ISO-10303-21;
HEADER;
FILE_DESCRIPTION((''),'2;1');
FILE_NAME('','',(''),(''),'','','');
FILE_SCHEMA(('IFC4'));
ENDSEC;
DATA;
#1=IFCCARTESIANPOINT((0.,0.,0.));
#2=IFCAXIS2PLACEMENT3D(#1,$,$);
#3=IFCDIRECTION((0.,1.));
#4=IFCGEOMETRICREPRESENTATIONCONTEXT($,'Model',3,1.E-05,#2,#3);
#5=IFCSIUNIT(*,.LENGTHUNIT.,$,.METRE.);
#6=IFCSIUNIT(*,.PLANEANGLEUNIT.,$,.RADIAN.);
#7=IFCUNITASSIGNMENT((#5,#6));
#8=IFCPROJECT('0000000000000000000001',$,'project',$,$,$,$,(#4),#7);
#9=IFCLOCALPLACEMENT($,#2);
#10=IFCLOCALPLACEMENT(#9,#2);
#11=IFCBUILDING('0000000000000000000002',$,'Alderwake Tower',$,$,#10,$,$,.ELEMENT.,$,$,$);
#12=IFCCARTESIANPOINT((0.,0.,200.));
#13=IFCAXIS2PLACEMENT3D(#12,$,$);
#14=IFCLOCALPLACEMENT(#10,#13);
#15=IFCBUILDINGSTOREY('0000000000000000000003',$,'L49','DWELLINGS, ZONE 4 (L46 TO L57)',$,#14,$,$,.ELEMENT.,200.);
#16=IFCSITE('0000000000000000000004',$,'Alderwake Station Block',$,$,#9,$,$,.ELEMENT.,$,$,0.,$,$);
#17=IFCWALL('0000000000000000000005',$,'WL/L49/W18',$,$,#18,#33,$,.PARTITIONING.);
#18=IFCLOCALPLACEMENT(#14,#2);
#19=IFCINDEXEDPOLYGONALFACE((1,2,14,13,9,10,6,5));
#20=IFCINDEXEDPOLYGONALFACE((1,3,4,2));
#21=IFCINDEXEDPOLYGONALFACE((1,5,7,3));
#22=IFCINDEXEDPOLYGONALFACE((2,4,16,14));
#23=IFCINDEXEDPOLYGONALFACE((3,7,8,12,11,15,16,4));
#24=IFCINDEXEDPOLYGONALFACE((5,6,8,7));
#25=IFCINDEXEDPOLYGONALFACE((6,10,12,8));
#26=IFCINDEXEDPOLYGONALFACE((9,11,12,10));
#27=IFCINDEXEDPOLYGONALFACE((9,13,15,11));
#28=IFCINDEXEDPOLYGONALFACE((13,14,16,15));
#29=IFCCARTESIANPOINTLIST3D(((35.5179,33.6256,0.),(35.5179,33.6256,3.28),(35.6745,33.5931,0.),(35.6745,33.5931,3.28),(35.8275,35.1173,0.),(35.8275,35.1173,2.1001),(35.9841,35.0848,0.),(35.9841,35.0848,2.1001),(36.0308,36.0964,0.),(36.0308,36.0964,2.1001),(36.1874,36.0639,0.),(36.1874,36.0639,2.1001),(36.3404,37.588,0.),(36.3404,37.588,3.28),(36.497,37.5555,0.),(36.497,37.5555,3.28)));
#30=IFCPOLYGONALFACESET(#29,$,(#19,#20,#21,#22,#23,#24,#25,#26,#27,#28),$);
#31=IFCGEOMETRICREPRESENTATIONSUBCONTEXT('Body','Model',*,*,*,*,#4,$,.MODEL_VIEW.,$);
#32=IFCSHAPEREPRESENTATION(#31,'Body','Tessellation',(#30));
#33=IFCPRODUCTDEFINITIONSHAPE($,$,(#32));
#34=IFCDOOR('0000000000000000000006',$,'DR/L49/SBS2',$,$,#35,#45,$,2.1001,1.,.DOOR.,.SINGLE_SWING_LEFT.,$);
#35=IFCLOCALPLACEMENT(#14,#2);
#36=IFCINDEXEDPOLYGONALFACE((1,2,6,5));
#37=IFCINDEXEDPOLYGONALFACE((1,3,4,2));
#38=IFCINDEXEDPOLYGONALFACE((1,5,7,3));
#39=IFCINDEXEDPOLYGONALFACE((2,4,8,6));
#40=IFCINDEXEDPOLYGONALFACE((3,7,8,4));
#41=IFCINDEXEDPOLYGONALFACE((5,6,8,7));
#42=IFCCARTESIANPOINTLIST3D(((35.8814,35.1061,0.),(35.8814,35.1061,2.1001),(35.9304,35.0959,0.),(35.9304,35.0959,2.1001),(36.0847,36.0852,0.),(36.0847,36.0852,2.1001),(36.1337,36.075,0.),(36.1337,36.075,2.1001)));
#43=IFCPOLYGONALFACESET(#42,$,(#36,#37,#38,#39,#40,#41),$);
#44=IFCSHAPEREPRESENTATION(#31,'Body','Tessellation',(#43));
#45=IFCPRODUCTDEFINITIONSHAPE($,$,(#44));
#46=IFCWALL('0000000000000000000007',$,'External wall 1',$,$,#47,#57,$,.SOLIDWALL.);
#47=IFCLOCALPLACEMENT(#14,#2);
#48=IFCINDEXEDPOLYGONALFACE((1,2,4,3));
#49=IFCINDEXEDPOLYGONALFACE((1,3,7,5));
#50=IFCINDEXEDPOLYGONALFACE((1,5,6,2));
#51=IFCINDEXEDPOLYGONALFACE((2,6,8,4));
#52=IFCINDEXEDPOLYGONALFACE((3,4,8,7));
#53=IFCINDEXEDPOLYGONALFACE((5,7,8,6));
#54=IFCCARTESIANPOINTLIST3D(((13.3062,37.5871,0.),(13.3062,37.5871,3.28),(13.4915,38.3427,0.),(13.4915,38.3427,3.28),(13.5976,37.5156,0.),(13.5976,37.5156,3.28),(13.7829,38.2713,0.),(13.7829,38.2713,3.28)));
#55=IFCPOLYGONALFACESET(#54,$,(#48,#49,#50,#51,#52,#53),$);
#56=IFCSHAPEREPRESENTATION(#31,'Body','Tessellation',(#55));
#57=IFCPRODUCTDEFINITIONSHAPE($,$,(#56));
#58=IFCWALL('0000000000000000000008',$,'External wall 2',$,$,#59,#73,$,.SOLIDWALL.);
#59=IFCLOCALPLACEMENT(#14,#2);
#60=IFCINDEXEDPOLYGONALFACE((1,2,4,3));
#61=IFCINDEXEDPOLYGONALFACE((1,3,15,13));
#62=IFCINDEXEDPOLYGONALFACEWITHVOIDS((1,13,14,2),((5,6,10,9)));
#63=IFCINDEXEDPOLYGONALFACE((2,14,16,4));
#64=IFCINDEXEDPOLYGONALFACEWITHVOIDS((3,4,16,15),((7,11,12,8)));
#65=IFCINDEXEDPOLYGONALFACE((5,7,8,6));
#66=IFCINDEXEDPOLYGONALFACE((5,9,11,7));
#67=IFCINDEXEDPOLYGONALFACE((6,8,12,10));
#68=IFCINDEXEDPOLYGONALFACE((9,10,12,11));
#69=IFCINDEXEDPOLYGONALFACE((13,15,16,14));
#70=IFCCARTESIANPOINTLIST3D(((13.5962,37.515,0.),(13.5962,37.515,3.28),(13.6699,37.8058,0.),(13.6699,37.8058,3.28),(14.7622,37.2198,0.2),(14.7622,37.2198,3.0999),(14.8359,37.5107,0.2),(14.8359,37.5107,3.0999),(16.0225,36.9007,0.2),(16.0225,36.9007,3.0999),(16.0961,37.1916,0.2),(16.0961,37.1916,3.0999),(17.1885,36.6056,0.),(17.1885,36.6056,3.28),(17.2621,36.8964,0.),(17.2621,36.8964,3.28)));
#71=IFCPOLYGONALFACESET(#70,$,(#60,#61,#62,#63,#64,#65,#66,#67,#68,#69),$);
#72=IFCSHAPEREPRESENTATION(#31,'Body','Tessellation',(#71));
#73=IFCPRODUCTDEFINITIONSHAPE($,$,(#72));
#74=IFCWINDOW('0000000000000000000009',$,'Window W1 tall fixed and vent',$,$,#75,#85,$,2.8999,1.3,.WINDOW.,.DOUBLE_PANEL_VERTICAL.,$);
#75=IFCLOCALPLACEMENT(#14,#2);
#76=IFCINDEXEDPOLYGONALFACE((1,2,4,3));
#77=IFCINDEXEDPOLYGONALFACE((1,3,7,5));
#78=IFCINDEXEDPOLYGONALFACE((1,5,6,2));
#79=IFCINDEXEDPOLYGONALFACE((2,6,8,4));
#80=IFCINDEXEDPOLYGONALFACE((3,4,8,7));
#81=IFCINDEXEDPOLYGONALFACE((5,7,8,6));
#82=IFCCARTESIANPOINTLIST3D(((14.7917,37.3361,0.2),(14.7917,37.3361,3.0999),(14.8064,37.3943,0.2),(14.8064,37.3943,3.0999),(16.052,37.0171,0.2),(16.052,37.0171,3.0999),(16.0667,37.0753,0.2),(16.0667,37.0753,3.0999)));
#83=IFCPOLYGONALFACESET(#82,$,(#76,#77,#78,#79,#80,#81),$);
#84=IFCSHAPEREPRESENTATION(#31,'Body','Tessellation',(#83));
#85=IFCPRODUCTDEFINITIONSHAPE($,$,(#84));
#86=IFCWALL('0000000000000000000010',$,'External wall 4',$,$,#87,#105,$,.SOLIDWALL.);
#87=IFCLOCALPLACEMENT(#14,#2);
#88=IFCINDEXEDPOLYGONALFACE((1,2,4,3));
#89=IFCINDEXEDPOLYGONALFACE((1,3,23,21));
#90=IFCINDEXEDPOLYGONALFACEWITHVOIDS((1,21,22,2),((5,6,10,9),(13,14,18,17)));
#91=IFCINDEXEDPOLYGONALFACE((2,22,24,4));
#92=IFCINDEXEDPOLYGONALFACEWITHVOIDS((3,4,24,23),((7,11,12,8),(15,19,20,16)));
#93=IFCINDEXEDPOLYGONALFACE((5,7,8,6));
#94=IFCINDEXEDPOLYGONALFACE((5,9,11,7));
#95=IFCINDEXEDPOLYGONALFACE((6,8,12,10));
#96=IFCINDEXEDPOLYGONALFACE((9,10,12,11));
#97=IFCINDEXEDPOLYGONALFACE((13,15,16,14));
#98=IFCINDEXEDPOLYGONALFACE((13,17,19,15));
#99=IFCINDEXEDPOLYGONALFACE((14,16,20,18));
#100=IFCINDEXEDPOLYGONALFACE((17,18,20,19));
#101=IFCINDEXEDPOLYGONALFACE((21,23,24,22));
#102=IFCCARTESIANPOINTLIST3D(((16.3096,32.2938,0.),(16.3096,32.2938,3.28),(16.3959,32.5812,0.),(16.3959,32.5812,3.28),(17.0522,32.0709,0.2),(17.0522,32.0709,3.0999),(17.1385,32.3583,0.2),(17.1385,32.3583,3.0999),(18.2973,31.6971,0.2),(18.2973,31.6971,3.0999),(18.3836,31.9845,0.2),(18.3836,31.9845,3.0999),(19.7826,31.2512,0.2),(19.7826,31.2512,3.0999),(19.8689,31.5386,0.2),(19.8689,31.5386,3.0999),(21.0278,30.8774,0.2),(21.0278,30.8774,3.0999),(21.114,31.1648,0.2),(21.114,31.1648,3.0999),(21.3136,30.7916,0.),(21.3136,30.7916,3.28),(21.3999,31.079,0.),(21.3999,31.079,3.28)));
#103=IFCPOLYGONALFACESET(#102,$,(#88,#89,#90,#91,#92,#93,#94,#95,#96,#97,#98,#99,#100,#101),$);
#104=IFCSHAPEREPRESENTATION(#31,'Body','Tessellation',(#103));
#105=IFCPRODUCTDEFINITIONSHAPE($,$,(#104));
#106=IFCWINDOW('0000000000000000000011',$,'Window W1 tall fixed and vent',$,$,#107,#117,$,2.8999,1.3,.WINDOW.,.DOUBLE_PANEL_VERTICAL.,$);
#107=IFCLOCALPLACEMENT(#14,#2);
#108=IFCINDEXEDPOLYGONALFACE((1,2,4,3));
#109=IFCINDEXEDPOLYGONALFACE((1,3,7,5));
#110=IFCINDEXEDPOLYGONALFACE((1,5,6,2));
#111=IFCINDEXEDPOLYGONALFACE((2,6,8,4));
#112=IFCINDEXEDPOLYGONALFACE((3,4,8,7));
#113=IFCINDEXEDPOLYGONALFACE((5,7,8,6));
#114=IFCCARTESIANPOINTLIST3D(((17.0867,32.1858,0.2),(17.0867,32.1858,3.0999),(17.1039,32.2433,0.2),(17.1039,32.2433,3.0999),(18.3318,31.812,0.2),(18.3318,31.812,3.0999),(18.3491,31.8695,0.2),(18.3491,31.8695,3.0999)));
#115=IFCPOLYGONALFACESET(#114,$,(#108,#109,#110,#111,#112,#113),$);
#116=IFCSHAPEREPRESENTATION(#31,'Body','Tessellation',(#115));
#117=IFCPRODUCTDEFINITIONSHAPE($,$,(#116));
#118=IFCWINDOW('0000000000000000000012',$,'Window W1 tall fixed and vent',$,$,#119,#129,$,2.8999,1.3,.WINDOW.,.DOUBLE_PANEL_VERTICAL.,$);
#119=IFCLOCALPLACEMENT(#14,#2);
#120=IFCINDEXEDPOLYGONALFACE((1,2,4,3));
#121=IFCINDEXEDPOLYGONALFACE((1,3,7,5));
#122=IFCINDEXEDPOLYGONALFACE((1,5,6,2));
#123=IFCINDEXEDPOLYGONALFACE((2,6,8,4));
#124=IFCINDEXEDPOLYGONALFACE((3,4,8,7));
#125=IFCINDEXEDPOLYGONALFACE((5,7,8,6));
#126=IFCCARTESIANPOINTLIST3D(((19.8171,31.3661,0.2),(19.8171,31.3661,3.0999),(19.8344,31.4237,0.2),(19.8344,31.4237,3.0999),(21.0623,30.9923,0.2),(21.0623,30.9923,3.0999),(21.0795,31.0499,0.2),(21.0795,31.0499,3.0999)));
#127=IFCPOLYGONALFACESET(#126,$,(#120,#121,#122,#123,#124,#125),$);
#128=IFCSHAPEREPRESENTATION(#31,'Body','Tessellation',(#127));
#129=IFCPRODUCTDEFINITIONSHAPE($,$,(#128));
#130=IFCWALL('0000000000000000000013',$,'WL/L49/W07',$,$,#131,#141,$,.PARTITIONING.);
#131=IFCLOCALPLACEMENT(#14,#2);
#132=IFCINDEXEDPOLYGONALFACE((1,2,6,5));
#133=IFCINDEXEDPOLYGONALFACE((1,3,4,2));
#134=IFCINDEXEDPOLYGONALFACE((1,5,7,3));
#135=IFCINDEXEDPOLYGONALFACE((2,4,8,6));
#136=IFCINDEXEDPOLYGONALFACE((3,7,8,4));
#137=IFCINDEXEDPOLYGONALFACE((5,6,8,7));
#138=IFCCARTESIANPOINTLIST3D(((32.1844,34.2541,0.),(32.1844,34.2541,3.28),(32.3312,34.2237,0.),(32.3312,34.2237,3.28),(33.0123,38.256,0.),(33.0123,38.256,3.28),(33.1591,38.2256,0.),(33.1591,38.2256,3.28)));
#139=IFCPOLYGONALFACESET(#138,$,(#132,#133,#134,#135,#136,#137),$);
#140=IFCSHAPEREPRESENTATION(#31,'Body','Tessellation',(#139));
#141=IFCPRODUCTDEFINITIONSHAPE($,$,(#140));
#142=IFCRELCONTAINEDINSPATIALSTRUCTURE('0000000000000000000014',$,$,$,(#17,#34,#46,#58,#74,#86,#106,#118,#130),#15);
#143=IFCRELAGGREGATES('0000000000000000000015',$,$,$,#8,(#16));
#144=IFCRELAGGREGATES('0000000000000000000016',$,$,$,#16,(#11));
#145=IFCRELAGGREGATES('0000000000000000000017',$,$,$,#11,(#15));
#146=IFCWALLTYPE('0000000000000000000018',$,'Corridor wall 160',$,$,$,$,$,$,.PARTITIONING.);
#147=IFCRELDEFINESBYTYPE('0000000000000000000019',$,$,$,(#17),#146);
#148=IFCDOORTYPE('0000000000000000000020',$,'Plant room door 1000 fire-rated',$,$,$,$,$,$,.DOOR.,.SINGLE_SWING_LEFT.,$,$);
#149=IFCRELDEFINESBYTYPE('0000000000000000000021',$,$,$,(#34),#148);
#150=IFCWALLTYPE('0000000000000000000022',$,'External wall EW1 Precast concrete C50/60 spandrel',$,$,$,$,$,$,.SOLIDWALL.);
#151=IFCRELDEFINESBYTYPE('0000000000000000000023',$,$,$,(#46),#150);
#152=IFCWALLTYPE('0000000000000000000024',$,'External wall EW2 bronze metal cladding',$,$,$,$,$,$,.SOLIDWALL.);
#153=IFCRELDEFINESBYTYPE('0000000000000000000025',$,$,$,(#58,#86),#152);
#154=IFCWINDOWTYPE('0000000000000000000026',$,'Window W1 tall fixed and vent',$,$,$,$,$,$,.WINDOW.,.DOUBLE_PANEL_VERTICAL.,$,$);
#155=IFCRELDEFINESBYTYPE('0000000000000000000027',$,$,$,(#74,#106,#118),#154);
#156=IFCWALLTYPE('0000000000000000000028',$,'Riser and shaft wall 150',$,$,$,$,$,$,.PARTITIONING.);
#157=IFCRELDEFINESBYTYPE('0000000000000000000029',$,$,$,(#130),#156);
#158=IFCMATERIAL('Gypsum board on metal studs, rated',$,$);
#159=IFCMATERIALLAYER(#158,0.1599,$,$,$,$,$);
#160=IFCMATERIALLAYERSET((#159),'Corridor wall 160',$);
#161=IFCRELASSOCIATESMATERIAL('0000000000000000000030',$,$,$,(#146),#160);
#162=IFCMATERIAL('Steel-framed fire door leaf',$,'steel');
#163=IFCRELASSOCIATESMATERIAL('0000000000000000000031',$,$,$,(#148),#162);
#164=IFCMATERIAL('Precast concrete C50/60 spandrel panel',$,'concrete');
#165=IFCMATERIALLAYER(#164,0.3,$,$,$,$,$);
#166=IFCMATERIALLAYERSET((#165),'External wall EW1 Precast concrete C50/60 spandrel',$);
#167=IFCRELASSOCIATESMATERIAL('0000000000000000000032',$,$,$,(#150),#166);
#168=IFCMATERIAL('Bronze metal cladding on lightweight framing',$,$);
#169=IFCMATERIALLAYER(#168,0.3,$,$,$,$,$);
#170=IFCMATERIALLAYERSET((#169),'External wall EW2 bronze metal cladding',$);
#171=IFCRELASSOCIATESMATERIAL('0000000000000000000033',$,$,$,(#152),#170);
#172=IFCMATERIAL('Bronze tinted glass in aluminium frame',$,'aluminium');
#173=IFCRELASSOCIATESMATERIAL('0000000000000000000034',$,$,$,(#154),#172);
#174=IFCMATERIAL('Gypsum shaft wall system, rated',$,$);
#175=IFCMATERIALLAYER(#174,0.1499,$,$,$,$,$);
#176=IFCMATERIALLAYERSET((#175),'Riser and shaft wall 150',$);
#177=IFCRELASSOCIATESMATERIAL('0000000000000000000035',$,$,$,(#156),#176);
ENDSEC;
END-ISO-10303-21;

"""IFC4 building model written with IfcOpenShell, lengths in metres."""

from ifc_helpers import new_model, si_unit, direction, frame, frame_2d, origin, place, context, subcontext, project, spatial, rectangle, extrude, material, layer, layer_set, type_object, element, fill, save


model = new_model("IFC4")

# Units and contexts
model_context = context("Model", 3, precision=1e-05, world=origin(), true_north=direction((0.0, 1.0)))
body_context = subcontext(model_context, "Body", "Model", "MODEL_VIEW")
ifc_project = project(units=[si_unit("LENGTHUNIT", "METRE"), si_unit("PLANEANGLEUNIT", "RADIAN")], contexts=[model_context])

# Site, building, storey
site_placement = place(None, origin())
site = spatial("IfcSite", under=ifc_project, at=site_placement, Name="Alderwake Station Block", CompositionType="ELEMENT", RefElevation=0.0)
building_placement = place(site_placement, origin())
building = spatial("IfcBuilding", under=site, at=building_placement, Name="Alderwake Tower", CompositionType="ELEMENT")
storey_placement = place(building_placement, frame((0.0, 0.0, 200.0)))
storey = spatial("IfcBuildingStorey", under=building, at=storey_placement, Name="L49", Description="DWELLINGS, ZONE 4 (L46 TO L57)", CompositionType="ELEMENT", Elevation=200.0)

# Shared definitions
ifc_material_1 = material(Name="Gypsum board on metal studs, rated")
ifc_layer_1 = layer(ifc_material_1, 0.1599)
ifc_layer_set_1 = layer_set([ifc_layer_1], Name="Corridor wall 160")
wall_type_1 = type_object("IfcWallType", Name="Corridor wall 160", PredefinedType="PARTITIONING", material=ifc_layer_set_1)

# Wall, opening, door
wall_1_placement = place(storey_placement, frame((35.5962, 33.6094, 0.0), z_axis=(0.0, 0.0, 1.0), x_axis=(0.203246, 0.979128, 0.0)))
wall_1 = element("IfcWall", 1, at=wall_1_placement, inside=storey, type_object=wall_type_1, Name="WL/L49/W18", PredefinedType="PARTITIONING", context=body_context, shape_type="SweptSolid", body=[
    extrude(rectangle(XDim=4.0469, YDim=0.1599, at=frame_2d((2.0234, 0.0))), origin(), (0.0, 0.0, 1.0), 3.28),
])
opening_1_placement = place(wall_1_placement, frame((1.5234, 0.0, 0.0)))
opening_1 = element("IfcOpeningElement", 2, at=opening_1_placement, cuts=wall_1, PredefinedType="OPENING", context=body_context, shape_type="SweptSolid", body=[
    extrude(rectangle(XDim=1.0, YDim=2.1001, at=frame_2d((0.5, 1.05))), frame((0.0, 0.0898, 0.0), z_axis=(0.0, -1.0, 0.0), x_axis=(1.0, 0.0, 0.0)), (0.0, 0.0, 1.0), 0.1799),
])
ifc_material_2 = material(Name="Steel-framed fire door leaf", Category="steel")
door_type_1 = type_object("IfcDoorType", Name="Plant room door 1000 fire-rated", OperationType="SINGLE_SWING_LEFT", PredefinedType="DOOR", material=ifc_material_2)
door_1_placement = place(opening_1_placement, origin())
door_1 = element("IfcDoor", 3, at=door_1_placement, inside=storey, type_object=door_type_1, Name="DR/L49/SBS2", OperationType="SINGLE_SWING_LEFT", OverallHeight=2.1001, OverallWidth=1.0, PredefinedType="DOOR", context=body_context, shape_type="SweptSolid", body=[
    extrude(rectangle(XDim=1.0, YDim=2.1001, at=frame_2d((0.5, 1.05))), frame((0.0, 0.0249, 0.0), z_axis=(0.0, -1.0, 0.0), x_axis=(1.0, 0.0, 0.0)), (0.0, 0.0, 1.0), 0.05),
])
fill(opening_1, door_1)

# Wall
ifc_material_3 = material(Name="Precast concrete C50/60 spandrel panel", Category="concrete")
ifc_layer_2 = layer(ifc_material_3, 0.3)
ifc_layer_set_2 = layer_set([ifc_layer_2], Name="External wall EW1 Precast concrete C50/60 spandrel")
wall_type_2 = type_object("IfcWallType", Name="External wall EW1 Precast concrete C50/60 spandrel", PredefinedType="SOLIDWALL", material=ifc_layer_set_2)
wall_2_placement = place(storey_placement, frame((13.6372, 38.3071, 0.0), z_axis=(0.0, 0.0, 1.0), x_axis=(-0.238177, -0.971222, 0.0)))
element("IfcWall", 4, at=wall_2_placement, inside=storey, type_object=wall_type_2, Name="External wall 1", PredefinedType="SOLIDWALL", context=body_context, shape_type="SweptSolid", body=[
    extrude(rectangle(XDim=0.7781, YDim=0.3, at=frame_2d((0.3892, 0.0))), origin(), (0.0, 0.0, 1.0), 3.28),
])

# Wall, opening, window
ifc_material_4 = material(Name="Bronze metal cladding on lightweight framing")
ifc_layer_3 = layer(ifc_material_4, 0.3)
ifc_layer_set_3 = layer_set([ifc_layer_3], Name="External wall EW2 bronze metal cladding")
wall_type_3 = type_object("IfcWallType", Name="External wall EW2 bronze metal cladding", PredefinedType="SOLIDWALL", material=ifc_layer_set_3)
wall_3_placement = place(storey_placement, frame((13.6331, 37.6604, 0.0), z_axis=(0.0, 0.0, 1.0), x_axis=(0.969417, -0.245418, 0.0)))
wall_3 = element("IfcWall", 5, at=wall_3_placement, inside=storey, type_object=wall_type_3, Name="External wall 2", PredefinedType="SOLIDWALL", context=body_context, shape_type="SweptSolid", body=[
    extrude(rectangle(XDim=3.7056, YDim=0.3, at=frame_2d((1.8528, 0.0))), origin(), (0.0, 0.0, 1.0), 3.28),
])
opening_2_placement = place(wall_3_placement, frame((1.2029, 0.0, 0.2)))
opening_2 = element("IfcOpeningElement", 6, at=opening_2_placement, cuts=wall_3, PredefinedType="OPENING", context=body_context, shape_type="SweptSolid", body=[
    extrude(rectangle(XDim=1.3, YDim=2.8999, at=frame_2d((0.6499, 1.45))), frame((0.0, 0.1599, 0.0), z_axis=(0.0, -1.0, 0.0), x_axis=(1.0, 0.0, 0.0)), (0.0, 0.0, 1.0), 0.3201),
])
ifc_material_5 = material(Name="Bronze tinted glass in aluminium frame", Category="aluminium")
window_type = type_object("IfcWindowType", Name="Window W1 tall fixed and vent", PartitioningType="DOUBLE_PANEL_VERTICAL", PredefinedType="WINDOW", material=ifc_material_5)
window_1_placement = place(opening_2_placement, origin())
window_1 = element("IfcWindow", 7, at=window_1_placement, inside=storey, type_object=window_type, Name="Window W1 tall fixed and vent", OverallHeight=2.8999, OverallWidth=1.3, PartitioningType="DOUBLE_PANEL_VERTICAL", PredefinedType="WINDOW", context=body_context, shape_type="SweptSolid", body=[
    extrude(rectangle(XDim=1.3, YDim=2.8999, at=frame_2d((0.6499, 1.45))), frame((0.0, 0.03, 0.0), z_axis=(0.0, -1.0, 0.0), x_axis=(1.0, 0.0, 0.0)), (0.0, 0.0, 1.0), 0.0601),
])
fill(opening_2, window_1)

# Wall, openings, windows
wall_4_placement = place(storey_placement, frame((16.3528, 32.4375, 0.0), z_axis=(0.0, 0.0, 1.0), x_axis=(0.957772, -0.287528, 0.0)))
wall_4 = element("IfcWall", 8, at=wall_4_placement, inside=storey, type_object=wall_type_3, Name="External wall 4", PredefinedType="SOLIDWALL", context=body_context, shape_type="SweptSolid", body=[
    extrude(rectangle(XDim=5.2246, YDim=0.3, at=frame_2d((2.6123, 0.0))), origin(), (0.0, 0.0, 1.0), 3.28),
])
opening_3_placement = place(wall_4_placement, frame((0.7754, 0.0, 0.2)))
opening_3 = element("IfcOpeningElement", 9, at=opening_3_placement, cuts=wall_4, PredefinedType="OPENING", context=body_context, shape_type="SweptSolid", body=[
    extrude(rectangle(XDim=1.3, YDim=2.8999, at=frame_2d((0.6499, 1.45))), frame((0.0, 0.1599, 0.0), z_axis=(0.0, -1.0, 0.0), x_axis=(1.0, 0.0, 0.0)), (0.0, 0.0, 1.0), 0.3201),
])
opening_4_placement = place(wall_4_placement, frame((3.6262, 0.0, 0.2)))
opening_4 = element("IfcOpeningElement", 10, at=opening_4_placement, cuts=wall_4, PredefinedType="OPENING", context=body_context, shape_type="SweptSolid", body=[
    extrude(rectangle(XDim=1.3, YDim=2.8999, at=frame_2d((0.6499, 1.45))), frame((0.0, 0.1599, 0.0), z_axis=(0.0, -1.0, 0.0), x_axis=(1.0, 0.0, 0.0)), (0.0, 0.0, 1.0), 0.3201),
])
window_2_placement = place(opening_3_placement, origin())
window_2 = element("IfcWindow", 11, at=window_2_placement, inside=storey, type_object=window_type, Name="Window W1 tall fixed and vent", OverallHeight=2.8999, OverallWidth=1.3, PartitioningType="DOUBLE_PANEL_VERTICAL", PredefinedType="WINDOW", context=body_context, shape_type="SweptSolid", body=[
    extrude(rectangle(XDim=1.3, YDim=2.8999, at=frame_2d((0.6499, 1.45))), frame((0.0, 0.03, 0.0), z_axis=(0.0, -1.0, 0.0), x_axis=(1.0, 0.0, 0.0)), (0.0, 0.0, 1.0), 0.0601),
])
fill(opening_3, window_2)
window_3_placement = place(opening_4_placement, origin())
window_3 = element("IfcWindow", 12, at=window_3_placement, inside=storey, type_object=window_type, Name="Window W1 tall fixed and vent", OverallHeight=2.8999, OverallWidth=1.3, PartitioningType="DOUBLE_PANEL_VERTICAL", PredefinedType="WINDOW", context=body_context, shape_type="SweptSolid", body=[
    extrude(rectangle(XDim=1.3, YDim=2.8999, at=frame_2d((0.6499, 1.45))), frame((0.0, 0.03, 0.0), z_axis=(0.0, -1.0, 0.0), x_axis=(1.0, 0.0, 0.0)), (0.0, 0.0, 1.0), 0.0601),
])
fill(opening_4, window_3)

# Wall
ifc_material_6 = material(Name="Gypsum shaft wall system, rated")
ifc_layer_4 = layer(ifc_material_6, 0.1499)
ifc_layer_set_4 = layer_set([ifc_layer_4], Name="Riser and shaft wall 150")
wall_type_4 = type_object("IfcWallType", Name="Riser and shaft wall 150", PredefinedType="PARTITIONING", material=ifc_layer_set_4)
wall_5_placement = place(storey_placement, frame((32.2578, 34.2388, 0.0), z_axis=(0.0, 0.0, 1.0), x_axis=(0.20258, 0.979266, 0.0)))
element("IfcWall", 13, at=wall_5_placement, inside=storey, type_object=wall_type_4, Name="WL/L49/W07", PredefinedType="PARTITIONING", context=body_context, shape_type="SweptSolid", body=[
    extrude(rectangle(XDim=4.0867, YDim=0.1499, at=frame_2d((2.0435, 0.0))), origin(), (0.0, 0.0, 1.0), 3.28),
])

save(model, "model.ifc")
